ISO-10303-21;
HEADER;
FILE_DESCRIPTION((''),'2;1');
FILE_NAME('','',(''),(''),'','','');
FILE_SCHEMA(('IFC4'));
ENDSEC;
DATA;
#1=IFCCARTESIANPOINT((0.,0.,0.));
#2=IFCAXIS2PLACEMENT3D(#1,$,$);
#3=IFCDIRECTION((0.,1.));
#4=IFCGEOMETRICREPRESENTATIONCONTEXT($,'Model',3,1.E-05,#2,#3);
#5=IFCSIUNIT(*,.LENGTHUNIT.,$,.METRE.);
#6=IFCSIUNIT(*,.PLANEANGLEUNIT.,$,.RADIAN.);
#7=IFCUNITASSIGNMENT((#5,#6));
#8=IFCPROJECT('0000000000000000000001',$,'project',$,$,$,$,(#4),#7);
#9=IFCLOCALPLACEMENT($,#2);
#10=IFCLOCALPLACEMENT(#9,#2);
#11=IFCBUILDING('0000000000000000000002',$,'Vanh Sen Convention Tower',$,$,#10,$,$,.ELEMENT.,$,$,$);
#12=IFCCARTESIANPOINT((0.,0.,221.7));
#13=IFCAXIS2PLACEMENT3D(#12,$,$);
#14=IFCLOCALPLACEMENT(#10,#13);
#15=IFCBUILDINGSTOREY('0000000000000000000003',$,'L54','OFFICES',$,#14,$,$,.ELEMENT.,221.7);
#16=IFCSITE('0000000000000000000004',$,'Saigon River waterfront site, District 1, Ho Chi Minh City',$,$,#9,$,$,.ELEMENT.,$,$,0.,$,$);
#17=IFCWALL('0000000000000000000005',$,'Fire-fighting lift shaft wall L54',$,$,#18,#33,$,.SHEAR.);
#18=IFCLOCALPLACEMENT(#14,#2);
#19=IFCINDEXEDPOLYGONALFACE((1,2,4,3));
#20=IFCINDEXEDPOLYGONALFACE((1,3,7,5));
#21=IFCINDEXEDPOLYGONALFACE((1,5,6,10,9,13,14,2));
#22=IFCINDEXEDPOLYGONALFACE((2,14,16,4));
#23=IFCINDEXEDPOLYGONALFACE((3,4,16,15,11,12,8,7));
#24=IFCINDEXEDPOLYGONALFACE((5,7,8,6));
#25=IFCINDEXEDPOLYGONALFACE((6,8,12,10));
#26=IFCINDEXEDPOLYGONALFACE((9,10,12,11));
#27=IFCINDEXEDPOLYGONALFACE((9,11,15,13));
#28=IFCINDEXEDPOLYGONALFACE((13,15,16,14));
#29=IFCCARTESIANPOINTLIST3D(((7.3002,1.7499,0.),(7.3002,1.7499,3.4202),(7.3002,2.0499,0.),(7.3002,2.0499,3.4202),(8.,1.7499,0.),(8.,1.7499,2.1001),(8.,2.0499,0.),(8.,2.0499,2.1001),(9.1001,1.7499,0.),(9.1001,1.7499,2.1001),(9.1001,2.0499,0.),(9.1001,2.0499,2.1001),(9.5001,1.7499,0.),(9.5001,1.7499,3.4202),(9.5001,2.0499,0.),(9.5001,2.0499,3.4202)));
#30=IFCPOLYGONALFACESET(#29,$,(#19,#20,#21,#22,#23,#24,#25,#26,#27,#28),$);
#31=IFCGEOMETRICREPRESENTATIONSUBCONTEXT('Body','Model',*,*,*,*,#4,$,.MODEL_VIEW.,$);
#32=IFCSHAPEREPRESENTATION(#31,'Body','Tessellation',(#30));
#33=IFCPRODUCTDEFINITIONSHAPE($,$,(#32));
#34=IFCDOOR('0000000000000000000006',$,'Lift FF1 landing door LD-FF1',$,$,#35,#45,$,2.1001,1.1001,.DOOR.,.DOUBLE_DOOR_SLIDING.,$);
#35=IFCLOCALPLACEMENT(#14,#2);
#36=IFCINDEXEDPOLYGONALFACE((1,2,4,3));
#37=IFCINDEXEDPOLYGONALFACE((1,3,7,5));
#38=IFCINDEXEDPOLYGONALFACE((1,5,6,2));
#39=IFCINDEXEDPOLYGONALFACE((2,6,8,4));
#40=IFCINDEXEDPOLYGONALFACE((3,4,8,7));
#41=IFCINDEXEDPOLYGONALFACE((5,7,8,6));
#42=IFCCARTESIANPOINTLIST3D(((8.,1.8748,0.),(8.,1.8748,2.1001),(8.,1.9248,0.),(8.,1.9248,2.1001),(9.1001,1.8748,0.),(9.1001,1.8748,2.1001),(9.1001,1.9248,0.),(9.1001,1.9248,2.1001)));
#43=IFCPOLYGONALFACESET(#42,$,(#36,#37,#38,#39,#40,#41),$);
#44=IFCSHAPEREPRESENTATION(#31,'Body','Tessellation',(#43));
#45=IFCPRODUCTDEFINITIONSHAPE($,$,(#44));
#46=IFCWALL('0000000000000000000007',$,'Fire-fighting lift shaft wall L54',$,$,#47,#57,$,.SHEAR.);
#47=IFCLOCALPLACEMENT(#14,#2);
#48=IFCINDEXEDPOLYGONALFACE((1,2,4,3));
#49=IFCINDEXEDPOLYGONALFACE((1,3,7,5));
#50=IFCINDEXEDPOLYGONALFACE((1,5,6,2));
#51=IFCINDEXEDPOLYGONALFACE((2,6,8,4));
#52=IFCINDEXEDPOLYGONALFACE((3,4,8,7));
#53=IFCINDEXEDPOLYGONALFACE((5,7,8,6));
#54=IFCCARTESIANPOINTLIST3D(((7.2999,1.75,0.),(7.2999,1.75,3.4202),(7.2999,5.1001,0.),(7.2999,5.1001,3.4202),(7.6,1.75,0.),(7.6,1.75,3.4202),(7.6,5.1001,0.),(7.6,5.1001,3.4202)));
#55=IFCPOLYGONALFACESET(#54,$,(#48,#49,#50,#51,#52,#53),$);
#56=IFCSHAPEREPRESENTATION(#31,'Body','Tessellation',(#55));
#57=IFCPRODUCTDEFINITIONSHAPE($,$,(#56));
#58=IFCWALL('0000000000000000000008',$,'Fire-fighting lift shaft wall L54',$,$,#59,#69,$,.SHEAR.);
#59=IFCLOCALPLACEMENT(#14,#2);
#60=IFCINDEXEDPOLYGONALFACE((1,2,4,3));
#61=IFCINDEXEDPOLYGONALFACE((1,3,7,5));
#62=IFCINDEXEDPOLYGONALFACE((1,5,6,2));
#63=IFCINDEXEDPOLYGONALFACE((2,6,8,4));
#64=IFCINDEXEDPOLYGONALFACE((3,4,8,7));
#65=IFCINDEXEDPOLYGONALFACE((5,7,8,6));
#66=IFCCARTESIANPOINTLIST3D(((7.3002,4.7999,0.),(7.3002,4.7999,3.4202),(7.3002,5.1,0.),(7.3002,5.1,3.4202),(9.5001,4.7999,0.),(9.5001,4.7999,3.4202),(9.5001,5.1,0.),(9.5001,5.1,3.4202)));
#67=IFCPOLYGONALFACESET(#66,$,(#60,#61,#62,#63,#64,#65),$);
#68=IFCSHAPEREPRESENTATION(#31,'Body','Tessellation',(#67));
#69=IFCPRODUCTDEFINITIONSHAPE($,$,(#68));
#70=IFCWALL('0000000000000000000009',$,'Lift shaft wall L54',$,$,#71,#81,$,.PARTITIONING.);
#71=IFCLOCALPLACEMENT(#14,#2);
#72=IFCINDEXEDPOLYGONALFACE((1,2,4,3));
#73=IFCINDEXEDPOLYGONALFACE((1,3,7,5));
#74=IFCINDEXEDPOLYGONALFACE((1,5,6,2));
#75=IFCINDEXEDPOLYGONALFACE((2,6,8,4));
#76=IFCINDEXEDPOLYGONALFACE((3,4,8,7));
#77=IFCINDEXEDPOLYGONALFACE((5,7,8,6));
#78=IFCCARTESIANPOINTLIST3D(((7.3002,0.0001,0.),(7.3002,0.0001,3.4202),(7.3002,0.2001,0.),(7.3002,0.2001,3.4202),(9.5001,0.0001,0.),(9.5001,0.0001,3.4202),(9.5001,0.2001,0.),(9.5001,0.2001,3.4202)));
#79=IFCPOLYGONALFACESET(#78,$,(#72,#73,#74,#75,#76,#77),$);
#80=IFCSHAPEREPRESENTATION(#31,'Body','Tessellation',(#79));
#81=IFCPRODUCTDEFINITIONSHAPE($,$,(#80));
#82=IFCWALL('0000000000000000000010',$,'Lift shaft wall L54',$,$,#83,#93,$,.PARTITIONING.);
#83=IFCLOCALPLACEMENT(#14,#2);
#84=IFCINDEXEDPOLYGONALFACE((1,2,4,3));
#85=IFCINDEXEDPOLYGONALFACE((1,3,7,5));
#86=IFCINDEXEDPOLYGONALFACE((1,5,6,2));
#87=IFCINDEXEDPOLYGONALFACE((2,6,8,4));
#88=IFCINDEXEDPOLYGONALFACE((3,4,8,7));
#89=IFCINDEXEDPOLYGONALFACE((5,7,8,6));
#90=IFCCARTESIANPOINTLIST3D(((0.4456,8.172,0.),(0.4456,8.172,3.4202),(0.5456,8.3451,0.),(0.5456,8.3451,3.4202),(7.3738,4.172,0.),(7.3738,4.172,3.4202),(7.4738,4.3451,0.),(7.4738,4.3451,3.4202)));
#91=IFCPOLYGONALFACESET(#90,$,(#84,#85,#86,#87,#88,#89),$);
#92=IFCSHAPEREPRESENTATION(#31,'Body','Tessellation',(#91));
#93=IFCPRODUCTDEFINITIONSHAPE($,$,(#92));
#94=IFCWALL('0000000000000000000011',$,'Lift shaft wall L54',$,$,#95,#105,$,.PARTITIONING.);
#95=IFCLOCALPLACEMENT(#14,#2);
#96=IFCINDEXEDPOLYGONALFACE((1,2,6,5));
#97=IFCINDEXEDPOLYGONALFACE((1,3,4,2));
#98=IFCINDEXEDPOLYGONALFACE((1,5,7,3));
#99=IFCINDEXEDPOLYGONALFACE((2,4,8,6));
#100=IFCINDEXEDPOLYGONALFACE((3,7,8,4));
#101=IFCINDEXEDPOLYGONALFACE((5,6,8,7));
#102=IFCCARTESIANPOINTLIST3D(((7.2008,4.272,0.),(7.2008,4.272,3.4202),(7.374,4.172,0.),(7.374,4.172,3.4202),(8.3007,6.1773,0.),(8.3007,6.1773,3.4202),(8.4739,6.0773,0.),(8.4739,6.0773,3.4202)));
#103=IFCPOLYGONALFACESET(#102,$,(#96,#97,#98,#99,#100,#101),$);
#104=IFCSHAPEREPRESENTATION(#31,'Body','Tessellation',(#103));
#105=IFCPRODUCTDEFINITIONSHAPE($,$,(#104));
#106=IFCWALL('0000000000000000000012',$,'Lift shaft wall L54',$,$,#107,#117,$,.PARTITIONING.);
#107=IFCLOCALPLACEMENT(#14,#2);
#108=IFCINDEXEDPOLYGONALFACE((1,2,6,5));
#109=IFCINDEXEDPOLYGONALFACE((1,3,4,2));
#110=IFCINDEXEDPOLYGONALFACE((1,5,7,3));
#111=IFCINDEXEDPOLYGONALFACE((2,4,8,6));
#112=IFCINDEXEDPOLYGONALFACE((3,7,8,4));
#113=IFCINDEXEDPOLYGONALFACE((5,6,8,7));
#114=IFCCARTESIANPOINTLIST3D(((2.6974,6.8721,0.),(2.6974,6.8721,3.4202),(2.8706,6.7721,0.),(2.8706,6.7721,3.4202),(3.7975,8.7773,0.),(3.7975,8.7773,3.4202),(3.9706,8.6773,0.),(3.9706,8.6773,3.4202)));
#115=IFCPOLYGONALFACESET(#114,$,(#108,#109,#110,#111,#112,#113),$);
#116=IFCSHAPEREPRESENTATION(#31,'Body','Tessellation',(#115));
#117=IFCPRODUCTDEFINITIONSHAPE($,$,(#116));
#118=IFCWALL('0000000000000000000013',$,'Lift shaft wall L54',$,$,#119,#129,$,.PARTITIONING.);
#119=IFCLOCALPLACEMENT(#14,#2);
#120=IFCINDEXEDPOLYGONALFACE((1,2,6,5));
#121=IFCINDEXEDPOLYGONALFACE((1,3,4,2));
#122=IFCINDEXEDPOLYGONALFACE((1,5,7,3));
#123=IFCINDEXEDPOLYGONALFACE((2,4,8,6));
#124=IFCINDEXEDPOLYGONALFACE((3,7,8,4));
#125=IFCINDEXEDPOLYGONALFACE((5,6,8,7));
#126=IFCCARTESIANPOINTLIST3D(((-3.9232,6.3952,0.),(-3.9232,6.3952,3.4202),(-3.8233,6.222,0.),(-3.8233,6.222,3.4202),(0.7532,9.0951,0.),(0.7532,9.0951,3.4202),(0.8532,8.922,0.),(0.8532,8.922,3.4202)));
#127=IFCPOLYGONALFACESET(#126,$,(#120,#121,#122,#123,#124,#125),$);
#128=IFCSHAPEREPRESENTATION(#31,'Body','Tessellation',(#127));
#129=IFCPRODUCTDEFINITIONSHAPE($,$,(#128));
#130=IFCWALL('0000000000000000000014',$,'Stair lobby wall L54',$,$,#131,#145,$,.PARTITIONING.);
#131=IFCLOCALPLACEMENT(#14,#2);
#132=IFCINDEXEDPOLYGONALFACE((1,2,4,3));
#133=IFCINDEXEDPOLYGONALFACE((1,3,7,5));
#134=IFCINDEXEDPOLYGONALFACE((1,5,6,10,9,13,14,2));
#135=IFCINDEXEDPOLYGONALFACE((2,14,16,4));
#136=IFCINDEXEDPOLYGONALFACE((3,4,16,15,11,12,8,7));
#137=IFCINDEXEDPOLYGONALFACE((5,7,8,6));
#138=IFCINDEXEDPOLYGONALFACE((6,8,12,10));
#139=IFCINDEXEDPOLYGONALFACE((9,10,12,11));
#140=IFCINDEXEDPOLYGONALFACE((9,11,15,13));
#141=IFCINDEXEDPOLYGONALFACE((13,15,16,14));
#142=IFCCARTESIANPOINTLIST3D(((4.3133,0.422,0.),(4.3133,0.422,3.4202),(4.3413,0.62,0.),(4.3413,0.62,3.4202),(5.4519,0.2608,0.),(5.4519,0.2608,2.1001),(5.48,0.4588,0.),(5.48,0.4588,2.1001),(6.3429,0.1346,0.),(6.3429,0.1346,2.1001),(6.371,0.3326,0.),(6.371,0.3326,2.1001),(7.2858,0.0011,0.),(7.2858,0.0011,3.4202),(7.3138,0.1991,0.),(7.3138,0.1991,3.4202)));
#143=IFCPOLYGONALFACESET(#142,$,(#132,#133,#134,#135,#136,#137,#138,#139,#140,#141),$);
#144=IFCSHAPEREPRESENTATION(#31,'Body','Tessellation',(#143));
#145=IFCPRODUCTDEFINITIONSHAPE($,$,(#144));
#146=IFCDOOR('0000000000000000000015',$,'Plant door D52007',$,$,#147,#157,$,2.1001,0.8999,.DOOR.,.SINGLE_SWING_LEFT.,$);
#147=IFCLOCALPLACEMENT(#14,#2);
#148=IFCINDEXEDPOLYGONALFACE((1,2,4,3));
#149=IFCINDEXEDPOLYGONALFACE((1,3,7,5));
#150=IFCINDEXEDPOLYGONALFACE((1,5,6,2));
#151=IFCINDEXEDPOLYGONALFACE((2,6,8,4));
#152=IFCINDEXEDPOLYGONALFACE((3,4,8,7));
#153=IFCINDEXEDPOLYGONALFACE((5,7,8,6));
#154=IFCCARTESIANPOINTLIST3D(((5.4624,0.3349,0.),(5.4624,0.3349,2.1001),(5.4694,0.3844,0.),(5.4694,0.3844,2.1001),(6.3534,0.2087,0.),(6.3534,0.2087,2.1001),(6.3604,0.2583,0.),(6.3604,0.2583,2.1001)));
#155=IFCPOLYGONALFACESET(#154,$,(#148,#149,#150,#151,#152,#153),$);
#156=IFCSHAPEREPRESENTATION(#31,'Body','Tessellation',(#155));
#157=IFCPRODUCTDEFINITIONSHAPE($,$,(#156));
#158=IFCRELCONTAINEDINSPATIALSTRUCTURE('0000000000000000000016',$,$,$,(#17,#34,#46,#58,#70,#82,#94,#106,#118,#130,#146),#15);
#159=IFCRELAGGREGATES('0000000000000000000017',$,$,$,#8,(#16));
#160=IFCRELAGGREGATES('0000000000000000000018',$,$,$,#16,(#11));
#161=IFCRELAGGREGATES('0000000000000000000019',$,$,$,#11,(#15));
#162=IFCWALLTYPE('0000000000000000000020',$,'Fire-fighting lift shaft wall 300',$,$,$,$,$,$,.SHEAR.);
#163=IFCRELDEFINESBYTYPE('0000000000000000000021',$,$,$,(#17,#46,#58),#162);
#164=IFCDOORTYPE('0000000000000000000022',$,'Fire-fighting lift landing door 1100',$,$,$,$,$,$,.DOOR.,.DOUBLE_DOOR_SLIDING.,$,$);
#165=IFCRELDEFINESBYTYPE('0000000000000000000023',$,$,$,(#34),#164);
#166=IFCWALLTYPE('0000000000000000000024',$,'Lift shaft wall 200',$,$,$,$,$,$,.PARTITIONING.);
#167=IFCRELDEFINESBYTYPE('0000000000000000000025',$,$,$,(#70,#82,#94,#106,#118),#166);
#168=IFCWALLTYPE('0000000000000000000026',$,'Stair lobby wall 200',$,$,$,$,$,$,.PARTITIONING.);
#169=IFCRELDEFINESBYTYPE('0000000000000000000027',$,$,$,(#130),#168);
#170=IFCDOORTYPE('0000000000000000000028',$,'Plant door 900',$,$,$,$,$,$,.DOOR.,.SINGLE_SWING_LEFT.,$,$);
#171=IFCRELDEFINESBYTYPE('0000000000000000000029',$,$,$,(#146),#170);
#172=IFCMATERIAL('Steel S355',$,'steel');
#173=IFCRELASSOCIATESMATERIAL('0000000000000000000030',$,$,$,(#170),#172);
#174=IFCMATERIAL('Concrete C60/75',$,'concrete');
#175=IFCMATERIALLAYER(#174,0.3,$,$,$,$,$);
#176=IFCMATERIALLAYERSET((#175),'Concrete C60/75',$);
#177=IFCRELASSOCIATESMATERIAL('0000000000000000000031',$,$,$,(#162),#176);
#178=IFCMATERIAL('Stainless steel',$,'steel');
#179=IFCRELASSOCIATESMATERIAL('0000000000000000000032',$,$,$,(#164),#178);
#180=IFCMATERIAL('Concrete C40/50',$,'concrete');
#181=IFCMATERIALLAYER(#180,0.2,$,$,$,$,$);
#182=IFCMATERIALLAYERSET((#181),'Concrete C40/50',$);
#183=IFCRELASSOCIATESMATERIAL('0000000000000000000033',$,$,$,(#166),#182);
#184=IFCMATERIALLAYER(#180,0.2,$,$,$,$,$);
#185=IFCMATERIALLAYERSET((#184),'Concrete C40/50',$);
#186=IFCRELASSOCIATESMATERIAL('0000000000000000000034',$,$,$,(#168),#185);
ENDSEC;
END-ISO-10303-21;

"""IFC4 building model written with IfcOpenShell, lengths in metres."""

from ifc_helpers import new_model, si_unit, direction, frame, frame_2d, origin, place, context, subcontext, project, spatial, rectangle, extrude, material, layer, layer_set, type_object, element, fill, save


model = new_model("IFC4")

# Units and contexts
model_context = context("Model", 3, precision=1e-05, world=origin(), true_north=direction((0.0, 1.0)))
body_context = subcontext(model_context, "Body", "Model", "MODEL_VIEW")
ifc_project = project(units=[si_unit("LENGTHUNIT", "METRE"), si_unit("PLANEANGLEUNIT", "RADIAN")], contexts=[model_context])

# Site, building, storey
site_placement = place(None, origin())
site = spatial("IfcSite", under=ifc_project, at=site_placement, Name="Saigon River waterfront site, District 1, Ho Chi Minh City", CompositionType="ELEMENT", RefElevation=0.0)
building_placement = place(site_placement, origin())
building = spatial("IfcBuilding", under=site, at=building_placement, Name="Vanh Sen Convention Tower", CompositionType="ELEMENT")
storey_placement = place(building_placement, frame((0.0, 0.0, 221.7)))
storey = spatial("IfcBuildingStorey", under=building, at=storey_placement, Name="L54", Description="OFFICES", CompositionType="ELEMENT", Elevation=221.7)

# Shared definitions
ifc_material_1 = material(Name="Concrete C60/75", Category="concrete")
ifc_material_2 = material(Name="Steel S355", Category="steel")
door_type_1 = type_object("IfcDoorType", Name="Plant door 900", OperationType="SINGLE_SWING_LEFT", PredefinedType="DOOR", material=ifc_material_2)

# Wall, opening, door
ifc_layer_1 = layer(ifc_material_1, 0.3)
ifc_layer_set_1 = layer_set([ifc_layer_1], Name="Concrete C60/75")
wall_type_1 = type_object("IfcWallType", Name="Fire-fighting lift shaft wall 300", PredefinedType="SHEAR", material=ifc_layer_set_1)
wall_1_placement = place(storey_placement, frame((7.3, 1.8999, 0.0), z_axis=(0.0, 0.0, 1.0), x_axis=(1.0, 0.0, 0.0)))
wall_1 = element("IfcWall", 1, at=wall_1_placement, inside=storey, type_object=wall_type_1, Name="Fire-fighting lift shaft wall L54", PredefinedType="SHEAR", context=body_context, shape_type="SweptSolid", body=[
    extrude(rectangle(XDim=2.2, YDim=0.3, at=frame_2d((1.1001, 0.0))), origin(), (0.0, 0.0, 1.0), 3.4202),
])
opening_1_placement = place(wall_1_placement, frame((0.7, 0.0, 0.0)))
opening_1 = element("IfcOpeningElement", 2, at=opening_1_placement, cuts=wall_1, PredefinedType="OPENING", context=body_context, shape_type="SweptSolid", body=[
    extrude(rectangle(XDim=1.1001, YDim=2.1001, at=frame_2d((0.55, 1.05))), frame((0.0, 0.1599, 0.0), z_axis=(0.0, -1.0, 0.0), x_axis=(1.0, 0.0, 0.0)), (0.0, 0.0, 1.0), 0.3201),
])
ifc_material_3 = material(Name="Stainless steel", Category="steel")
door_type_2 = type_object("IfcDoorType", Name="Fire-fighting lift landing door 1100", OperationType="DOUBLE_DOOR_SLIDING", PredefinedType="DOOR", material=ifc_material_3)
door_1_placement = place(opening_1_placement, origin())
door_1 = element("IfcDoor", 3, at=door_1_placement, inside=storey, type_object=door_type_2, Name="Lift FF1 landing door LD-FF1", OperationType="DOUBLE_DOOR_SLIDING", OverallHeight=2.1001, OverallWidth=1.1001, PredefinedType="DOOR", context=body_context, shape_type="SweptSolid", body=[
    extrude(rectangle(XDim=1.1001, YDim=2.1001, at=frame_2d((0.55, 1.05))), frame((0.0, 0.0249, 0.0), z_axis=(0.0, -1.0, 0.0), x_axis=(1.0, 0.0, 0.0)), (0.0, 0.0, 1.0), 0.05),
])
fill(opening_1, door_1)

# Walls
wall_2_placement = place(storey_placement, frame((7.45, 1.75, 0.0), z_axis=(0.0, 0.0, 1.0), x_axis=(0.0, 1.0, 0.0)))
element("IfcWall", 4, at=wall_2_placement, inside=storey, type_object=wall_type_1, Name="Fire-fighting lift shaft wall L54", PredefinedType="SHEAR", context=body_context, shape_type="SweptSolid", body=[
    extrude(rectangle(XDim=3.3501, YDim=0.3, at=frame_2d((1.675, 0.0))), origin(), (0.0, 0.0, 1.0), 3.4202),
])
wall_3_placement = place(storey_placement, frame((7.3, 4.95, 0.0), z_axis=(0.0, 0.0, 1.0), x_axis=(1.0, 0.0, 0.0)))
element("IfcWall", 5, at=wall_3_placement, inside=storey, type_object=wall_type_1, Name="Fire-fighting lift shaft wall L54", PredefinedType="SHEAR", context=body_context, shape_type="SweptSolid", body=[
    extrude(rectangle(XDim=2.2, YDim=0.3, at=frame_2d((1.1001, 0.0))), origin(), (0.0, 0.0, 1.0), 3.4202),
])
ifc_material_4 = material(Name="Concrete C40/50", Category="concrete")
ifc_layer_2 = layer(ifc_material_4, 0.2)
ifc_layer_set_2 = layer_set([ifc_layer_2], Name="Concrete C40/50")
wall_type_2 = type_object("IfcWallType", Name="Lift shaft wall 200", PredefinedType="PARTITIONING", material=ifc_layer_set_2)
wall_4_placement = place(storey_placement, frame((7.3, 0.1001, 0.0), z_axis=(0.0, 0.0, 1.0), x_axis=(1.0, 0.0, 0.0)))
element("IfcWall", 6, at=wall_4_placement, inside=storey, type_object=wall_type_2, Name="Lift shaft wall L54", PredefinedType="PARTITIONING", context=body_context, shape_type="SweptSolid", body=[
    extrude(rectangle(XDim=2.2, YDim=0.2, at=frame_2d((1.1001, 0.0))), origin(), (0.0, 0.0, 1.0), 3.4202),
])
wall_5_placement = place(storey_placement, frame((7.4238, 4.2585, 0.0), z_axis=(0.0, 0.0, 1.0), x_axis=(-0.866026, 0.499999, 0.0)))
element("IfcWall", 7, at=wall_5_placement, inside=storey, type_object=wall_type_2, Name="Lift shaft wall L54", PredefinedType="PARTITIONING", context=body_context, shape_type="SweptSolid", body=[
    extrude(rectangle(XDim=8.0, YDim=0.2, at=frame_2d((4.0, 0.0))), origin(), (0.0, 0.0, 1.0), 3.4202),
])
for number, where, z_axis, x_axis, name in (
    (8, (7.2874, 4.2219, 0.0), (0.0, 0.0, 1.0), (0.499947, 0.866056, 0.0), "Lift shaft wall L54"),
    (9, (2.7839, 6.822, 0.0), (0.0, 0.0, 1.0), (0.50003, 0.866008, 0.0), "Lift shaft wall L54"),
):
    element("IfcWall", number, at=place(storey_placement, frame(where, z_axis=z_axis, x_axis=x_axis)), inside=storey, type_object=wall_type_2, Name=name, PredefinedType="PARTITIONING", context=body_context, shape_type="SweptSolid", body=[
        extrude(rectangle(XDim=2.2, YDim=0.2, at=frame_2d((1.1001, 0.0))), origin(), (0.0, 0.0, 1.0), 3.4202),
    ])
wall_6_placement = place(storey_placement, frame((0.8032, 9.0085, 0.0), z_axis=(0.0, 0.0, 1.0), x_axis=(-0.866028, -0.499995, 0.0)))
element("IfcWall", 10, at=wall_6_placement, inside=storey, type_object=wall_type_2, Name="Lift shaft wall L54", PredefinedType="PARTITIONING", context=body_context, shape_type="SweptSolid", body=[
    extrude(rectangle(XDim=5.3999, YDim=0.2, at=frame_2d((2.7, 0.0))), origin(), (0.0, 0.0, 1.0), 3.4202),
])

# Wall, opening, door
ifc_layer_3 = layer(ifc_material_4, 0.2)
ifc_layer_set_3 = layer_set([ifc_layer_3], Name="Concrete C40/50")
wall_type_3 = type_object("IfcWallType", Name="Stair lobby wall 200", PredefinedType="PARTITIONING", material=ifc_layer_set_3)
wall_7_placement = place(storey_placement, frame((4.3274, 0.521, 0.0), z_axis=(0.0, 0.0, 1.0), x_axis=(0.990124, -0.140192, 0.0)))
wall_7 = element("IfcWall", 11, at=wall_7_placement, inside=storey, type_object=wall_type_3, Name="Stair lobby wall L54", PredefinedType="PARTITIONING", context=body_context, shape_type="SweptSolid", body=[
    extrude(rectangle(XDim=3.0022, YDim=0.2, at=frame_2d((1.501, 0.0))), origin(), (0.0, 0.0, 1.0), 3.4202),
])
opening_2_placement = place(wall_7_placement, frame((1.1499, 0.0, 0.0)))
opening_2 = element("IfcOpeningElement", 12, at=opening_2_placement, cuts=wall_7, PredefinedType="OPENING", context=body_context, shape_type="SweptSolid", body=[
    extrude(rectangle(XDim=0.8999, YDim=2.1001, at=frame_2d((0.45, 1.05))), frame((0.0, 0.1099, 0.0), z_axis=(0.0, -1.0, 0.0), x_axis=(1.0, 0.0, 0.0)), (0.0, 0.0, 1.0), 0.22),
])
door_2_placement = place(opening_2_placement, origin())
door_2 = element("IfcDoor", 13, at=door_2_placement, inside=storey, type_object=door_type_1, Name="Plant door D52007", OperationType="SINGLE_SWING_LEFT", OverallHeight=2.1001, OverallWidth=0.8999, PredefinedType="DOOR", context=body_context, shape_type="SweptSolid", body=[
    extrude(rectangle(XDim=0.8999, YDim=2.1001, at=frame_2d((0.45, 1.05))), frame((0.0, 0.0249, 0.0), z_axis=(0.0, -1.0, 0.0), x_axis=(1.0, 0.0, 0.0)), (0.0, 0.0, 1.0), 0.05),
])
fill(opening_2, door_2)

save(model, "model.ifc")
